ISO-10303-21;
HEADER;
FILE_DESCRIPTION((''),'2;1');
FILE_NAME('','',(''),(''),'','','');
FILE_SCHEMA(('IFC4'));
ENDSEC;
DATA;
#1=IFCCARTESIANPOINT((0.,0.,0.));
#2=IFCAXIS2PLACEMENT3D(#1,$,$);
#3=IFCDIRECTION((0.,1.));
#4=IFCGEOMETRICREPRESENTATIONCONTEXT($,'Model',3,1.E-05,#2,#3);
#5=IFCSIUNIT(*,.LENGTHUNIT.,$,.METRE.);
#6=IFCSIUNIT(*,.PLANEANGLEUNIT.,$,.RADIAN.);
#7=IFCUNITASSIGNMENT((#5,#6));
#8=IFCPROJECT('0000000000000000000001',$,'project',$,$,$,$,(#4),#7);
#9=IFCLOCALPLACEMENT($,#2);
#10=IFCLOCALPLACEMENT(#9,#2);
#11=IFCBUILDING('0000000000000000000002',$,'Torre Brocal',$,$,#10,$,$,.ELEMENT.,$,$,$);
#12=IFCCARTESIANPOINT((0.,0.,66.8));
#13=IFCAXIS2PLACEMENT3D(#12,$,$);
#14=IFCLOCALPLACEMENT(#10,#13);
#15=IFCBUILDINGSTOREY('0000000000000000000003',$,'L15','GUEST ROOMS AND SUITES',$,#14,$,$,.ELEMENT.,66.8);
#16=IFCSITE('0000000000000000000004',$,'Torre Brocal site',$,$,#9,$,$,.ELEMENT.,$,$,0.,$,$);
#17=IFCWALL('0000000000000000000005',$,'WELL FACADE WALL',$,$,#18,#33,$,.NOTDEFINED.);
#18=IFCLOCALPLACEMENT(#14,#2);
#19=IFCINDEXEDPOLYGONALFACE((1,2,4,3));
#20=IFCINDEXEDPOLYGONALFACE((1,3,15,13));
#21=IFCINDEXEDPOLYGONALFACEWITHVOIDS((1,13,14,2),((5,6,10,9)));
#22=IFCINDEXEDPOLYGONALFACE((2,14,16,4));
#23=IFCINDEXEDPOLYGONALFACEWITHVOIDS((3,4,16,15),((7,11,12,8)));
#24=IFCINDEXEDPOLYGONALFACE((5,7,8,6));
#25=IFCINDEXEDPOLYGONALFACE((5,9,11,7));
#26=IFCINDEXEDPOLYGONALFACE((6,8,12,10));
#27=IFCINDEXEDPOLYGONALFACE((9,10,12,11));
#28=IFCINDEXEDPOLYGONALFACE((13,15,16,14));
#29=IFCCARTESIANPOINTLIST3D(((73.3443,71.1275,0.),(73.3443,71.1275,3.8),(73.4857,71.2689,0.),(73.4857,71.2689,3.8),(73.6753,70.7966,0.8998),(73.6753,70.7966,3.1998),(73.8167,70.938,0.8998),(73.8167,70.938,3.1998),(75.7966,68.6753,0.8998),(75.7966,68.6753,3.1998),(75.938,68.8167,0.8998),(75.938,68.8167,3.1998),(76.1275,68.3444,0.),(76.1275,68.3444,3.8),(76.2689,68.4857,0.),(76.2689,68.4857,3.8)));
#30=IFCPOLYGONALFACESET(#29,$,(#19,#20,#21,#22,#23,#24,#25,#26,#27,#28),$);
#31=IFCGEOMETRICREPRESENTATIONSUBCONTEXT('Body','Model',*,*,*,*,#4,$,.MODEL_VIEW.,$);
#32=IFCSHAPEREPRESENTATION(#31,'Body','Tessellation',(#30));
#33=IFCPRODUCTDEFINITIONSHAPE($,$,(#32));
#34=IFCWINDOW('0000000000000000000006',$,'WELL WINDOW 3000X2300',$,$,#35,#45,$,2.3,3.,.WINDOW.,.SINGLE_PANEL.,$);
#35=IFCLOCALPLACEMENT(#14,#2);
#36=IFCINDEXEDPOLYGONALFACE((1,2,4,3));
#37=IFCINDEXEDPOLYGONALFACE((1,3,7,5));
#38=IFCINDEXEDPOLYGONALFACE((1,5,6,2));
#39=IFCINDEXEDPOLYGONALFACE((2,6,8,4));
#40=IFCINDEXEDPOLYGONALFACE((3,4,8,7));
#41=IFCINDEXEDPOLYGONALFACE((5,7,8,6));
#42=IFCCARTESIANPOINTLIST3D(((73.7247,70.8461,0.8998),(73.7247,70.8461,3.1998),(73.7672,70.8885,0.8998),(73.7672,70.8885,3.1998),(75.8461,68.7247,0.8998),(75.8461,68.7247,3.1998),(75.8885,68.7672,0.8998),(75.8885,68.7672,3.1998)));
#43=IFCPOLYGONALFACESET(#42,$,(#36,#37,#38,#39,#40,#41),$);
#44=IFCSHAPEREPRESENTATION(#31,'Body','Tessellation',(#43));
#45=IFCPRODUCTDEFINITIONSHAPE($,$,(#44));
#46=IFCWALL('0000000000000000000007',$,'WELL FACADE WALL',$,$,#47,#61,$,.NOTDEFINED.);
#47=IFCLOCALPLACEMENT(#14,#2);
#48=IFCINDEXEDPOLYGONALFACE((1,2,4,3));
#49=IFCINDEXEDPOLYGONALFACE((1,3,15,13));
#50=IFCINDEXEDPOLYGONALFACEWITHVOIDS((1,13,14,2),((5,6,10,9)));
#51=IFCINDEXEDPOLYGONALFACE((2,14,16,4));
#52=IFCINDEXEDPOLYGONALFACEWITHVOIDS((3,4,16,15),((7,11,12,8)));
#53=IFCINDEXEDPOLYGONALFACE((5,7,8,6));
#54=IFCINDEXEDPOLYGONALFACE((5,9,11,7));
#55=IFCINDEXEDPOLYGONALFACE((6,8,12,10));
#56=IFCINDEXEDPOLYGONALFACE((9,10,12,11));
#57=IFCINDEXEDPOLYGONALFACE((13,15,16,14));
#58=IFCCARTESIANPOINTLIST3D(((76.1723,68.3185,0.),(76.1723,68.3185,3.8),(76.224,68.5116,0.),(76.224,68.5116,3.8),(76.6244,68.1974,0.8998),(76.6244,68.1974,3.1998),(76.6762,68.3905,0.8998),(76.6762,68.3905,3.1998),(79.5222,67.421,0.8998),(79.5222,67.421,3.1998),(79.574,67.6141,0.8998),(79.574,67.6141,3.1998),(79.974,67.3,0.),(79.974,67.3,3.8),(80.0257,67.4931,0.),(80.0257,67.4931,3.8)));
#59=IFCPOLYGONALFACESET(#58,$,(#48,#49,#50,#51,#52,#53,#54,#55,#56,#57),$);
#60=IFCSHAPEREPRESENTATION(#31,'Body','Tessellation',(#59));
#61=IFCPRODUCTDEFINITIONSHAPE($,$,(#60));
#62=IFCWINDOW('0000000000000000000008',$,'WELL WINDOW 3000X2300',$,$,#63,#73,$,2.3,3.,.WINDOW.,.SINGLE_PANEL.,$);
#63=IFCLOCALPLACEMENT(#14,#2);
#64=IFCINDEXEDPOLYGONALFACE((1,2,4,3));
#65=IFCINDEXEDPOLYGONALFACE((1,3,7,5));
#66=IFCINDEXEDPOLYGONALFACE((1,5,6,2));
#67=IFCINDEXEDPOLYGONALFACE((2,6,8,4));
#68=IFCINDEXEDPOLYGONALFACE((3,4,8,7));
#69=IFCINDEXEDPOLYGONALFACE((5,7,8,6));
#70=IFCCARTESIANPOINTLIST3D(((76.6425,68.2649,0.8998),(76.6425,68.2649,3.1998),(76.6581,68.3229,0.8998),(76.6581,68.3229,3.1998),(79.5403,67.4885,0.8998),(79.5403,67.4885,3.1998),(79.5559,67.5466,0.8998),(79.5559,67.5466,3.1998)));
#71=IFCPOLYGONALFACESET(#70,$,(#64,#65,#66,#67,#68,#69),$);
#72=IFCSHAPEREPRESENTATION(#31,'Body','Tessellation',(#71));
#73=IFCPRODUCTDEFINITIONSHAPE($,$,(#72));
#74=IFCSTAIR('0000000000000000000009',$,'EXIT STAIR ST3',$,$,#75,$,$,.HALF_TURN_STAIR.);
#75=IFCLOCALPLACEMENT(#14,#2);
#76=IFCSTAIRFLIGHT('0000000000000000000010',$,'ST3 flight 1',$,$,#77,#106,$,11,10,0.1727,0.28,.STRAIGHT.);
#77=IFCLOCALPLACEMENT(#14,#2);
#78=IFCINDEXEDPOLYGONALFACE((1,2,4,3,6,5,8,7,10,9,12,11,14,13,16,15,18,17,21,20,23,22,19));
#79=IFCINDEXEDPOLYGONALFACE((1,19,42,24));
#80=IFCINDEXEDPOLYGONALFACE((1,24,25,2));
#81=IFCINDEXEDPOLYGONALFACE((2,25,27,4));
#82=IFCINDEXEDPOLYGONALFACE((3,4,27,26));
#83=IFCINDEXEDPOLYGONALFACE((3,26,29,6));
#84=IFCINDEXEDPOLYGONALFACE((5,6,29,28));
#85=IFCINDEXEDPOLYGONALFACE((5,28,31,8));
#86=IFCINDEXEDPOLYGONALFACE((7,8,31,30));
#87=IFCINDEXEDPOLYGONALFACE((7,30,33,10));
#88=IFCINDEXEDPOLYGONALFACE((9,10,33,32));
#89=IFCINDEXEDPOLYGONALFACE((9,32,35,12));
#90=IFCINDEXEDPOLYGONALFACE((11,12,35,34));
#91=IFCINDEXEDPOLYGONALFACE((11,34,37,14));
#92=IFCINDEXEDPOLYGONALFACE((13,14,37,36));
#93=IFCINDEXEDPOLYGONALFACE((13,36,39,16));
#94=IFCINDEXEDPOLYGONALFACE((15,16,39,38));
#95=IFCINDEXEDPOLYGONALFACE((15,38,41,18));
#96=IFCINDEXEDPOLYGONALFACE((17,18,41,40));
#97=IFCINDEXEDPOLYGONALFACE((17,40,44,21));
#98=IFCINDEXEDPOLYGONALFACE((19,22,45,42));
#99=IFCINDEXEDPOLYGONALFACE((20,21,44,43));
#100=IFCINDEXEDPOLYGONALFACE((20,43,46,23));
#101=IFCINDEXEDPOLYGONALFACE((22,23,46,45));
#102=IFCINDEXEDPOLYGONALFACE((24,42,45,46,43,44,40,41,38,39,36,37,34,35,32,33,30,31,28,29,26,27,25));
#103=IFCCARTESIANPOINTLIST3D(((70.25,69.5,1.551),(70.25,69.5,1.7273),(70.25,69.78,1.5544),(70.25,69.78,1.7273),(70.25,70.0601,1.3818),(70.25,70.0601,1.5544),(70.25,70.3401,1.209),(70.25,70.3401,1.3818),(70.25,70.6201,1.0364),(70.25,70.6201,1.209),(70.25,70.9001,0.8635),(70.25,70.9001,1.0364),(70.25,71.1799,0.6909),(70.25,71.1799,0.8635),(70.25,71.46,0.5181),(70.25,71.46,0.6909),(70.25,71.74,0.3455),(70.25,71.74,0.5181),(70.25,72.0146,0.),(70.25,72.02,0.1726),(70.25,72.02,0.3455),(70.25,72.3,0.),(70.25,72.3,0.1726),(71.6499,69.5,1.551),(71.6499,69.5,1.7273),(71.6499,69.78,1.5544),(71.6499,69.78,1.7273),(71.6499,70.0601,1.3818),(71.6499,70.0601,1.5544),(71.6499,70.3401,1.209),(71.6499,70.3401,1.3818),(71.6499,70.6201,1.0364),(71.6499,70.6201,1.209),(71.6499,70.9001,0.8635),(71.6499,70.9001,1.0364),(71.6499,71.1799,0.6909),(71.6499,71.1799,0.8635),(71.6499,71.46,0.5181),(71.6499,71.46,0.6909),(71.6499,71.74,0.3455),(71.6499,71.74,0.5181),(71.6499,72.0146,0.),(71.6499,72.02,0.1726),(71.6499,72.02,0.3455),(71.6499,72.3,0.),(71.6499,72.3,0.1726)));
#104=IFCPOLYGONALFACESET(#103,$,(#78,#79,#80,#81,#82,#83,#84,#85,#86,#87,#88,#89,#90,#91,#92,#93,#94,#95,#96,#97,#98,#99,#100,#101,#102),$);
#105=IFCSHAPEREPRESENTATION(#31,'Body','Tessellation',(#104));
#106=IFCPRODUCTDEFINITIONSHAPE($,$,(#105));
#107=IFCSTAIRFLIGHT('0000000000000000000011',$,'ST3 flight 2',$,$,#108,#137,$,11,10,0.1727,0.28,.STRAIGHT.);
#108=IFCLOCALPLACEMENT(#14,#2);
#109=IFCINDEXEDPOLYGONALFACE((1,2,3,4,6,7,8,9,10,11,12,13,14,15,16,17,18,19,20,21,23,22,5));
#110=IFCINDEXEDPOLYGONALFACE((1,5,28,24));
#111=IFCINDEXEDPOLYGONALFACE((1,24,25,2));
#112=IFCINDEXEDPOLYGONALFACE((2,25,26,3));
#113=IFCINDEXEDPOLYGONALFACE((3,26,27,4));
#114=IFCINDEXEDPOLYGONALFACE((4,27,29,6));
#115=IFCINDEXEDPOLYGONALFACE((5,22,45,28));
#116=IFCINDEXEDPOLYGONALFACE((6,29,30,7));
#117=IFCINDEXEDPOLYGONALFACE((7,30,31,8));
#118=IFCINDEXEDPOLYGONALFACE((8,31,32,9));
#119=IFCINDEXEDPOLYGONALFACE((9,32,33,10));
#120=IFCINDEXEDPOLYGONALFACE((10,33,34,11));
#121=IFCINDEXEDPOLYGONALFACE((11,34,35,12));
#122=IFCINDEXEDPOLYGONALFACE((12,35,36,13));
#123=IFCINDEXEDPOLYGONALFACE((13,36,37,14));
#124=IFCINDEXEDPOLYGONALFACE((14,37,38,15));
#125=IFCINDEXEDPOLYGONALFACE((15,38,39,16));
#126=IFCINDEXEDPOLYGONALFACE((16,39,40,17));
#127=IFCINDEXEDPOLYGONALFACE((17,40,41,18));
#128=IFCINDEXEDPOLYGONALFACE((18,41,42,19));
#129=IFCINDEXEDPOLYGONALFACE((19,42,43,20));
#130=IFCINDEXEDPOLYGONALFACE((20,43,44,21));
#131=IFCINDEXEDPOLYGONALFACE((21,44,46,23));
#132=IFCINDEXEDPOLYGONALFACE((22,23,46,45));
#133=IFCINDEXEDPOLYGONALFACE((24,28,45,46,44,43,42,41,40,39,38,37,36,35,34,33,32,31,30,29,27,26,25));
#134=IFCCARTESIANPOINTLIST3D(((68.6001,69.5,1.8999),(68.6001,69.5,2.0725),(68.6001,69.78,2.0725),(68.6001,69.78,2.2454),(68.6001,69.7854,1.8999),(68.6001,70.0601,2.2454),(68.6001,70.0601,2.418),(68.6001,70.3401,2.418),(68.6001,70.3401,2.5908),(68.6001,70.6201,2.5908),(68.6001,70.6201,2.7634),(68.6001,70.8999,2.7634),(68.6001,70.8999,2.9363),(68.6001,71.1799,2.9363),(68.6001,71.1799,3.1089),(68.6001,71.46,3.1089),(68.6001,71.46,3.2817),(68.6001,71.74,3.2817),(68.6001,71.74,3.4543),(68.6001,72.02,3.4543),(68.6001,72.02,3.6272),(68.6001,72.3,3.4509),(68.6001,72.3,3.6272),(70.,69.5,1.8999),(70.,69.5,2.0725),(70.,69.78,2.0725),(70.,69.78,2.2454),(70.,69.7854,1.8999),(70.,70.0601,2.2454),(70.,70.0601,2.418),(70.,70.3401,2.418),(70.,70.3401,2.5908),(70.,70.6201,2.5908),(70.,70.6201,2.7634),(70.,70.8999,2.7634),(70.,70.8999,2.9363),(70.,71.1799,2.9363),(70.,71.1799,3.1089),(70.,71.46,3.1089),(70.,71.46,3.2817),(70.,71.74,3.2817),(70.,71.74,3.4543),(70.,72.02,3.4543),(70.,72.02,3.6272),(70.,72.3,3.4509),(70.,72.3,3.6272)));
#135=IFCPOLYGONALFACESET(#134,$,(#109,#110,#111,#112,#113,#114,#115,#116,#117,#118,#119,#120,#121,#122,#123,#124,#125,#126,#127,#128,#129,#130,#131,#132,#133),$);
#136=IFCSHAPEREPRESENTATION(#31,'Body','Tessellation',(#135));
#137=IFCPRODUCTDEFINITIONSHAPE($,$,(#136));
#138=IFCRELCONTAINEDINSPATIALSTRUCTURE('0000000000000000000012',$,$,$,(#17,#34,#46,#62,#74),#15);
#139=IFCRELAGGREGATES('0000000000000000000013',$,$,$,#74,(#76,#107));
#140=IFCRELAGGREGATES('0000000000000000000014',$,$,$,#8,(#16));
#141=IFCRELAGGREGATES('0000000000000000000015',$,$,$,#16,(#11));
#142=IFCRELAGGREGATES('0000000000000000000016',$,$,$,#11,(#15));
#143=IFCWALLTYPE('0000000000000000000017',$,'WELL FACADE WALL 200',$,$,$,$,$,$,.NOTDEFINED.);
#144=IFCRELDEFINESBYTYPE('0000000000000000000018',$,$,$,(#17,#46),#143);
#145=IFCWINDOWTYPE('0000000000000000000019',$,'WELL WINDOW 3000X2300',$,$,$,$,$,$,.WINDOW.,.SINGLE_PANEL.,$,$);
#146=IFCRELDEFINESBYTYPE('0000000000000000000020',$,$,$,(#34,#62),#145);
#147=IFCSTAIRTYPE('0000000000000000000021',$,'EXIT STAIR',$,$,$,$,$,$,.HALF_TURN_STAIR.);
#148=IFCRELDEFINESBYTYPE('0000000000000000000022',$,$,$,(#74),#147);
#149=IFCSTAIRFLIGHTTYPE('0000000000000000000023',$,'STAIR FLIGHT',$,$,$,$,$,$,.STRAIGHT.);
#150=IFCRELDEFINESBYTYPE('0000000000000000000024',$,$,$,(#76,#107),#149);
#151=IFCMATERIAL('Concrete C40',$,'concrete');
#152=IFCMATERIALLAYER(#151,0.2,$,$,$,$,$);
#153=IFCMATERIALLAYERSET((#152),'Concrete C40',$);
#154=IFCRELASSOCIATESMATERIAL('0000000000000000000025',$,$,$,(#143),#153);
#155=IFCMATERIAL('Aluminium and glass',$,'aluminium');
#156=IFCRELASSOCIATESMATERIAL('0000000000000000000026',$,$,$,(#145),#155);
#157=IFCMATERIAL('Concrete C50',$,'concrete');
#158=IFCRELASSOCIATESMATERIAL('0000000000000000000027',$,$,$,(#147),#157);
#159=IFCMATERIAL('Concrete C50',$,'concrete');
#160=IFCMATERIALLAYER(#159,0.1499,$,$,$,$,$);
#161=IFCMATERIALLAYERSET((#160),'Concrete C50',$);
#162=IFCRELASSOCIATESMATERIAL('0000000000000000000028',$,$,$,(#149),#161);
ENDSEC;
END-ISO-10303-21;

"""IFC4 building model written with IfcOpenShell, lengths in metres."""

from ifc_helpers import new_model, si_unit, direction, frame, frame_2d, origin, place, context, subcontext, project, spatial, polyline, rectangle, outline, extrude, material, layer, layer_set, type_object, element, fill, aggregate, save


model = new_model("IFC4")

# Units and contexts
model_context = context("Model", 3, precision=1e-05, world=origin(), true_north=direction((0.0, 1.0)))
body_context = subcontext(model_context, "Body", "Model", "MODEL_VIEW")
ifc_project = project(units=[si_unit("LENGTHUNIT", "METRE"), si_unit("PLANEANGLEUNIT", "RADIAN")], contexts=[model_context])

# Site, building, storey
site_placement = place(None, origin())
site = spatial("IfcSite", under=ifc_project, at=site_placement, Name="Torre Brocal site", CompositionType="ELEMENT", RefElevation=0.0)
building_placement = place(site_placement, origin())
building = spatial("IfcBuilding", under=site, at=building_placement, Name="Torre Brocal", CompositionType="ELEMENT")
storey_placement = place(building_placement, frame((0.0, 0.0, 66.8)))
storey = spatial("IfcBuildingStorey", under=building, at=storey_placement, Name="L15", Description="GUEST ROOMS AND SUITES", CompositionType="ELEMENT", Elevation=66.8)

# Walls, openings, windows
ifc_material_1 = material(Name="Concrete C40", Category="concrete")
ifc_layer_1 = layer(ifc_material_1, 0.2)
ifc_layer_set_1 = layer_set([ifc_layer_1], Name="Concrete C40")
wall_type_1 = type_object("IfcWallType", Name="WELL FACADE WALL 200", PredefinedType="NOTDEFINED", material=ifc_layer_set_1)
wall_1_placement = place(storey_placement, frame((73.415, 71.1982, 0.0), z_axis=(0.0, 0.0, 1.0), x_axis=(0.707107, -0.707107, 0.0)))
wall_1 = element("IfcWall", 1, at=wall_1_placement, inside=storey, type_object=wall_type_1, Name="WELL FACADE WALL", PredefinedType="NOTDEFINED", context=body_context, shape_type="SweptSolid", body=[
    extrude(rectangle(XDim=3.936, YDim=0.2, at=frame_2d((1.968, 0.0))), origin(), (0.0, 0.0, 1.0), 3.8),
])
opening_1_placement = place(wall_1_placement, frame((0.468, 0.0, 0.8999)))
opening_1 = element("IfcOpeningElement", 2, at=opening_1_placement, cuts=wall_1, PredefinedType="OPENING", context=body_context, shape_type="SweptSolid", body=[
    extrude(rectangle(XDim=3.0, YDim=2.3, at=frame_2d((1.5, 1.1499))), frame((0.0, 0.1099, 0.0), z_axis=(0.0, -1.0, 0.0), x_axis=(1.0, 0.0, 0.0)), (0.0, 0.0, 1.0), 0.22),
])
ifc_material_2 = material(Name="Aluminium and glass", Category="aluminium")
window_type = type_object("IfcWindowType", Name="WELL WINDOW 3000X2300", PartitioningType="SINGLE_PANEL", PredefinedType="WINDOW", material=ifc_material_2)
window_1_placement = place(opening_1_placement, origin())
window_1 = element("IfcWindow", 3, at=window_1_placement, inside=storey, type_object=window_type, Name="WELL WINDOW 3000X2300", OverallHeight=2.3, OverallWidth=3.0, PartitioningType="SINGLE_PANEL", PredefinedType="WINDOW", context=body_context, shape_type="SweptSolid", body=[
    extrude(rectangle(XDim=3.0, YDim=2.3, at=frame_2d((1.5, 1.1499))), frame((0.0, 0.03, 0.0), z_axis=(0.0, -1.0, 0.0), x_axis=(1.0, 0.0, 0.0)), (0.0, 0.0, 1.0), 0.0601),
])
fill(opening_1, window_1)
wall_2_placement = place(storey_placement, frame((76.1982, 68.415, 0.0), z_axis=(0.0, 0.0, 1.0), x_axis=(0.965934, -0.25879, 0.0)))
wall_2 = element("IfcWall", 4, at=wall_2_placement, inside=storey, type_object=wall_type_1, Name="WELL FACADE WALL", PredefinedType="NOTDEFINED", context=body_context, shape_type="SweptSolid", body=[
    extrude(rectangle(XDim=3.9358, YDim=0.2, at=frame_2d((1.9678, 0.0))), origin(), (0.0, 0.0, 1.0), 3.8),
])
opening_2_placement = place(wall_2_placement, frame((0.468, 0.0, 0.8999)))
opening_2 = element("IfcOpeningElement", 5, at=opening_2_placement, cuts=wall_2, PredefinedType="OPENING", context=body_context, shape_type="SweptSolid", body=[
    extrude(rectangle(XDim=3.0, YDim=2.3, at=frame_2d((1.5, 1.1499))), frame((0.0, 0.1099, 0.0), z_axis=(0.0, -1.0, 0.0), x_axis=(1.0, 0.0, 0.0)), (0.0, 0.0, 1.0), 0.22),
])
window_2_placement = place(opening_2_placement, origin())
window_2 = element("IfcWindow", 6, at=window_2_placement, inside=storey, type_object=window_type, Name="WELL WINDOW 3000X2300", OverallHeight=2.3, OverallWidth=3.0, PartitioningType="SINGLE_PANEL", PredefinedType="WINDOW", context=body_context, shape_type="SweptSolid", body=[
    extrude(rectangle(XDim=3.0, YDim=2.3, at=frame_2d((1.5, 1.1499))), frame((0.0, 0.03, 0.0), z_axis=(0.0, -1.0, 0.0), x_axis=(1.0, 0.0, 0.0)), (0.0, 0.0, 1.0), 0.0601),
])
fill(opening_2, window_2)

# Stair, stair flights
ifc_material_3 = material(Name="Concrete C50", Category="concrete")
stair_type = type_object("IfcStairType", Name="EXIT STAIR", PredefinedType="HALF_TURN_STAIR", material=ifc_material_3)
stair_placement = place(storey_placement, origin())
stair = element("IfcStair", 7, at=stair_placement, inside=storey, type_object=stair_type, Name="EXIT STAIR ST3", PredefinedType="HALF_TURN_STAIR")
ifc_material_4 = material(Name="Concrete C50", Category="concrete")
ifc_layer_2 = layer(ifc_material_4, 0.1499)
ifc_layer_set_2 = layer_set([ifc_layer_2], Name="Concrete C50")
stair_flight_type = type_object("IfcStairFlightType", Name="STAIR FLIGHT", PredefinedType="STRAIGHT", material=ifc_layer_set_2)
stair_flight_1_placement = place(storey_placement, frame((70.95, 72.3, 0.0), z_axis=(0.0, 0.0, 1.0), x_axis=(0.0, -1.0, 0.0)))
stair_flight_1 = element("IfcStairFlight", 8, at=stair_flight_1_placement, type_object=stair_flight_type, Name="ST3 flight 1", NumberOfRisers=11, NumberOfTreads=10, PredefinedType="STRAIGHT", RiserHeight=0.1727, TreadLength=0.28, context=body_context, shape_type="SweptSolid", body=[
    extrude(outline(polyline([(0.0, 0.0), (0.0, 0.1726), (0.28, 0.1726), (0.28, 0.3455), (0.5601, 0.3455), (0.5601, 0.5181), (0.8401, 0.5181), (0.8401, 0.6909), (1.1201, 0.6909), (1.1201, 0.8635), (1.3999, 0.8635), (1.3999, 1.0364), (1.6799, 1.0364), (1.6799, 1.209), (1.96, 1.209), (1.96, 1.3818), (2.24, 1.3818), (2.24, 1.5544), (2.52, 1.5544), (2.52, 1.7273), (2.8, 1.7273), (2.8, 1.8999), (2.8, 1.551), (0.2854, 0.0), (0.0, 0.0)])), frame((0.0, 0.7, 0.0), z_axis=(0.0, -1.0, 0.0), x_axis=(1.0, 0.0, 0.0)), (0.0, 0.0, 1.0), 1.3999),
])
stair_flight_2_placement = place(storey_placement, frame((69.3, 69.5, 1.8999), z_axis=(0.0, 0.0, 1.0), x_axis=(0.0, 1.0, 0.0)))
stair_flight_2 = element("IfcStairFlight", 9, at=stair_flight_2_placement, type_object=stair_flight_type, Name="ST3 flight 2", NumberOfRisers=11, NumberOfTreads=10, PredefinedType="STRAIGHT", RiserHeight=0.1727, TreadLength=0.28, context=body_context, shape_type="SweptSolid", body=[
    extrude(outline(polyline([(0.0, 0.0), (0.0, 0.1726), (0.28, 0.1726), (0.28, 0.3455), (0.5601, 0.3455), (0.5601, 0.5181), (0.8401, 0.5181), (0.8401, 0.6909), (1.1201, 0.6909), (1.1201, 0.8635), (1.3999, 0.8635), (1.3999, 1.0364), (1.6799, 1.0364), (1.6799, 1.209), (1.96, 1.209), (1.96, 1.3818), (2.24, 1.3818), (2.24, 1.5544), (2.52, 1.5544), (2.52, 1.7273), (2.8, 1.7273), (2.8, 1.8999), (2.8, 1.551), (0.2854, 0.0), (0.0, 0.0)])), frame((0.0, 0.7, 0.0), z_axis=(0.0, -1.0, 0.0), x_axis=(1.0, 0.0, 0.0)), (0.0, 0.0, 1.0), 1.3999),
])
aggregate(stair, [stair_flight_1, stair_flight_2])

save(model, "model.ifc")
